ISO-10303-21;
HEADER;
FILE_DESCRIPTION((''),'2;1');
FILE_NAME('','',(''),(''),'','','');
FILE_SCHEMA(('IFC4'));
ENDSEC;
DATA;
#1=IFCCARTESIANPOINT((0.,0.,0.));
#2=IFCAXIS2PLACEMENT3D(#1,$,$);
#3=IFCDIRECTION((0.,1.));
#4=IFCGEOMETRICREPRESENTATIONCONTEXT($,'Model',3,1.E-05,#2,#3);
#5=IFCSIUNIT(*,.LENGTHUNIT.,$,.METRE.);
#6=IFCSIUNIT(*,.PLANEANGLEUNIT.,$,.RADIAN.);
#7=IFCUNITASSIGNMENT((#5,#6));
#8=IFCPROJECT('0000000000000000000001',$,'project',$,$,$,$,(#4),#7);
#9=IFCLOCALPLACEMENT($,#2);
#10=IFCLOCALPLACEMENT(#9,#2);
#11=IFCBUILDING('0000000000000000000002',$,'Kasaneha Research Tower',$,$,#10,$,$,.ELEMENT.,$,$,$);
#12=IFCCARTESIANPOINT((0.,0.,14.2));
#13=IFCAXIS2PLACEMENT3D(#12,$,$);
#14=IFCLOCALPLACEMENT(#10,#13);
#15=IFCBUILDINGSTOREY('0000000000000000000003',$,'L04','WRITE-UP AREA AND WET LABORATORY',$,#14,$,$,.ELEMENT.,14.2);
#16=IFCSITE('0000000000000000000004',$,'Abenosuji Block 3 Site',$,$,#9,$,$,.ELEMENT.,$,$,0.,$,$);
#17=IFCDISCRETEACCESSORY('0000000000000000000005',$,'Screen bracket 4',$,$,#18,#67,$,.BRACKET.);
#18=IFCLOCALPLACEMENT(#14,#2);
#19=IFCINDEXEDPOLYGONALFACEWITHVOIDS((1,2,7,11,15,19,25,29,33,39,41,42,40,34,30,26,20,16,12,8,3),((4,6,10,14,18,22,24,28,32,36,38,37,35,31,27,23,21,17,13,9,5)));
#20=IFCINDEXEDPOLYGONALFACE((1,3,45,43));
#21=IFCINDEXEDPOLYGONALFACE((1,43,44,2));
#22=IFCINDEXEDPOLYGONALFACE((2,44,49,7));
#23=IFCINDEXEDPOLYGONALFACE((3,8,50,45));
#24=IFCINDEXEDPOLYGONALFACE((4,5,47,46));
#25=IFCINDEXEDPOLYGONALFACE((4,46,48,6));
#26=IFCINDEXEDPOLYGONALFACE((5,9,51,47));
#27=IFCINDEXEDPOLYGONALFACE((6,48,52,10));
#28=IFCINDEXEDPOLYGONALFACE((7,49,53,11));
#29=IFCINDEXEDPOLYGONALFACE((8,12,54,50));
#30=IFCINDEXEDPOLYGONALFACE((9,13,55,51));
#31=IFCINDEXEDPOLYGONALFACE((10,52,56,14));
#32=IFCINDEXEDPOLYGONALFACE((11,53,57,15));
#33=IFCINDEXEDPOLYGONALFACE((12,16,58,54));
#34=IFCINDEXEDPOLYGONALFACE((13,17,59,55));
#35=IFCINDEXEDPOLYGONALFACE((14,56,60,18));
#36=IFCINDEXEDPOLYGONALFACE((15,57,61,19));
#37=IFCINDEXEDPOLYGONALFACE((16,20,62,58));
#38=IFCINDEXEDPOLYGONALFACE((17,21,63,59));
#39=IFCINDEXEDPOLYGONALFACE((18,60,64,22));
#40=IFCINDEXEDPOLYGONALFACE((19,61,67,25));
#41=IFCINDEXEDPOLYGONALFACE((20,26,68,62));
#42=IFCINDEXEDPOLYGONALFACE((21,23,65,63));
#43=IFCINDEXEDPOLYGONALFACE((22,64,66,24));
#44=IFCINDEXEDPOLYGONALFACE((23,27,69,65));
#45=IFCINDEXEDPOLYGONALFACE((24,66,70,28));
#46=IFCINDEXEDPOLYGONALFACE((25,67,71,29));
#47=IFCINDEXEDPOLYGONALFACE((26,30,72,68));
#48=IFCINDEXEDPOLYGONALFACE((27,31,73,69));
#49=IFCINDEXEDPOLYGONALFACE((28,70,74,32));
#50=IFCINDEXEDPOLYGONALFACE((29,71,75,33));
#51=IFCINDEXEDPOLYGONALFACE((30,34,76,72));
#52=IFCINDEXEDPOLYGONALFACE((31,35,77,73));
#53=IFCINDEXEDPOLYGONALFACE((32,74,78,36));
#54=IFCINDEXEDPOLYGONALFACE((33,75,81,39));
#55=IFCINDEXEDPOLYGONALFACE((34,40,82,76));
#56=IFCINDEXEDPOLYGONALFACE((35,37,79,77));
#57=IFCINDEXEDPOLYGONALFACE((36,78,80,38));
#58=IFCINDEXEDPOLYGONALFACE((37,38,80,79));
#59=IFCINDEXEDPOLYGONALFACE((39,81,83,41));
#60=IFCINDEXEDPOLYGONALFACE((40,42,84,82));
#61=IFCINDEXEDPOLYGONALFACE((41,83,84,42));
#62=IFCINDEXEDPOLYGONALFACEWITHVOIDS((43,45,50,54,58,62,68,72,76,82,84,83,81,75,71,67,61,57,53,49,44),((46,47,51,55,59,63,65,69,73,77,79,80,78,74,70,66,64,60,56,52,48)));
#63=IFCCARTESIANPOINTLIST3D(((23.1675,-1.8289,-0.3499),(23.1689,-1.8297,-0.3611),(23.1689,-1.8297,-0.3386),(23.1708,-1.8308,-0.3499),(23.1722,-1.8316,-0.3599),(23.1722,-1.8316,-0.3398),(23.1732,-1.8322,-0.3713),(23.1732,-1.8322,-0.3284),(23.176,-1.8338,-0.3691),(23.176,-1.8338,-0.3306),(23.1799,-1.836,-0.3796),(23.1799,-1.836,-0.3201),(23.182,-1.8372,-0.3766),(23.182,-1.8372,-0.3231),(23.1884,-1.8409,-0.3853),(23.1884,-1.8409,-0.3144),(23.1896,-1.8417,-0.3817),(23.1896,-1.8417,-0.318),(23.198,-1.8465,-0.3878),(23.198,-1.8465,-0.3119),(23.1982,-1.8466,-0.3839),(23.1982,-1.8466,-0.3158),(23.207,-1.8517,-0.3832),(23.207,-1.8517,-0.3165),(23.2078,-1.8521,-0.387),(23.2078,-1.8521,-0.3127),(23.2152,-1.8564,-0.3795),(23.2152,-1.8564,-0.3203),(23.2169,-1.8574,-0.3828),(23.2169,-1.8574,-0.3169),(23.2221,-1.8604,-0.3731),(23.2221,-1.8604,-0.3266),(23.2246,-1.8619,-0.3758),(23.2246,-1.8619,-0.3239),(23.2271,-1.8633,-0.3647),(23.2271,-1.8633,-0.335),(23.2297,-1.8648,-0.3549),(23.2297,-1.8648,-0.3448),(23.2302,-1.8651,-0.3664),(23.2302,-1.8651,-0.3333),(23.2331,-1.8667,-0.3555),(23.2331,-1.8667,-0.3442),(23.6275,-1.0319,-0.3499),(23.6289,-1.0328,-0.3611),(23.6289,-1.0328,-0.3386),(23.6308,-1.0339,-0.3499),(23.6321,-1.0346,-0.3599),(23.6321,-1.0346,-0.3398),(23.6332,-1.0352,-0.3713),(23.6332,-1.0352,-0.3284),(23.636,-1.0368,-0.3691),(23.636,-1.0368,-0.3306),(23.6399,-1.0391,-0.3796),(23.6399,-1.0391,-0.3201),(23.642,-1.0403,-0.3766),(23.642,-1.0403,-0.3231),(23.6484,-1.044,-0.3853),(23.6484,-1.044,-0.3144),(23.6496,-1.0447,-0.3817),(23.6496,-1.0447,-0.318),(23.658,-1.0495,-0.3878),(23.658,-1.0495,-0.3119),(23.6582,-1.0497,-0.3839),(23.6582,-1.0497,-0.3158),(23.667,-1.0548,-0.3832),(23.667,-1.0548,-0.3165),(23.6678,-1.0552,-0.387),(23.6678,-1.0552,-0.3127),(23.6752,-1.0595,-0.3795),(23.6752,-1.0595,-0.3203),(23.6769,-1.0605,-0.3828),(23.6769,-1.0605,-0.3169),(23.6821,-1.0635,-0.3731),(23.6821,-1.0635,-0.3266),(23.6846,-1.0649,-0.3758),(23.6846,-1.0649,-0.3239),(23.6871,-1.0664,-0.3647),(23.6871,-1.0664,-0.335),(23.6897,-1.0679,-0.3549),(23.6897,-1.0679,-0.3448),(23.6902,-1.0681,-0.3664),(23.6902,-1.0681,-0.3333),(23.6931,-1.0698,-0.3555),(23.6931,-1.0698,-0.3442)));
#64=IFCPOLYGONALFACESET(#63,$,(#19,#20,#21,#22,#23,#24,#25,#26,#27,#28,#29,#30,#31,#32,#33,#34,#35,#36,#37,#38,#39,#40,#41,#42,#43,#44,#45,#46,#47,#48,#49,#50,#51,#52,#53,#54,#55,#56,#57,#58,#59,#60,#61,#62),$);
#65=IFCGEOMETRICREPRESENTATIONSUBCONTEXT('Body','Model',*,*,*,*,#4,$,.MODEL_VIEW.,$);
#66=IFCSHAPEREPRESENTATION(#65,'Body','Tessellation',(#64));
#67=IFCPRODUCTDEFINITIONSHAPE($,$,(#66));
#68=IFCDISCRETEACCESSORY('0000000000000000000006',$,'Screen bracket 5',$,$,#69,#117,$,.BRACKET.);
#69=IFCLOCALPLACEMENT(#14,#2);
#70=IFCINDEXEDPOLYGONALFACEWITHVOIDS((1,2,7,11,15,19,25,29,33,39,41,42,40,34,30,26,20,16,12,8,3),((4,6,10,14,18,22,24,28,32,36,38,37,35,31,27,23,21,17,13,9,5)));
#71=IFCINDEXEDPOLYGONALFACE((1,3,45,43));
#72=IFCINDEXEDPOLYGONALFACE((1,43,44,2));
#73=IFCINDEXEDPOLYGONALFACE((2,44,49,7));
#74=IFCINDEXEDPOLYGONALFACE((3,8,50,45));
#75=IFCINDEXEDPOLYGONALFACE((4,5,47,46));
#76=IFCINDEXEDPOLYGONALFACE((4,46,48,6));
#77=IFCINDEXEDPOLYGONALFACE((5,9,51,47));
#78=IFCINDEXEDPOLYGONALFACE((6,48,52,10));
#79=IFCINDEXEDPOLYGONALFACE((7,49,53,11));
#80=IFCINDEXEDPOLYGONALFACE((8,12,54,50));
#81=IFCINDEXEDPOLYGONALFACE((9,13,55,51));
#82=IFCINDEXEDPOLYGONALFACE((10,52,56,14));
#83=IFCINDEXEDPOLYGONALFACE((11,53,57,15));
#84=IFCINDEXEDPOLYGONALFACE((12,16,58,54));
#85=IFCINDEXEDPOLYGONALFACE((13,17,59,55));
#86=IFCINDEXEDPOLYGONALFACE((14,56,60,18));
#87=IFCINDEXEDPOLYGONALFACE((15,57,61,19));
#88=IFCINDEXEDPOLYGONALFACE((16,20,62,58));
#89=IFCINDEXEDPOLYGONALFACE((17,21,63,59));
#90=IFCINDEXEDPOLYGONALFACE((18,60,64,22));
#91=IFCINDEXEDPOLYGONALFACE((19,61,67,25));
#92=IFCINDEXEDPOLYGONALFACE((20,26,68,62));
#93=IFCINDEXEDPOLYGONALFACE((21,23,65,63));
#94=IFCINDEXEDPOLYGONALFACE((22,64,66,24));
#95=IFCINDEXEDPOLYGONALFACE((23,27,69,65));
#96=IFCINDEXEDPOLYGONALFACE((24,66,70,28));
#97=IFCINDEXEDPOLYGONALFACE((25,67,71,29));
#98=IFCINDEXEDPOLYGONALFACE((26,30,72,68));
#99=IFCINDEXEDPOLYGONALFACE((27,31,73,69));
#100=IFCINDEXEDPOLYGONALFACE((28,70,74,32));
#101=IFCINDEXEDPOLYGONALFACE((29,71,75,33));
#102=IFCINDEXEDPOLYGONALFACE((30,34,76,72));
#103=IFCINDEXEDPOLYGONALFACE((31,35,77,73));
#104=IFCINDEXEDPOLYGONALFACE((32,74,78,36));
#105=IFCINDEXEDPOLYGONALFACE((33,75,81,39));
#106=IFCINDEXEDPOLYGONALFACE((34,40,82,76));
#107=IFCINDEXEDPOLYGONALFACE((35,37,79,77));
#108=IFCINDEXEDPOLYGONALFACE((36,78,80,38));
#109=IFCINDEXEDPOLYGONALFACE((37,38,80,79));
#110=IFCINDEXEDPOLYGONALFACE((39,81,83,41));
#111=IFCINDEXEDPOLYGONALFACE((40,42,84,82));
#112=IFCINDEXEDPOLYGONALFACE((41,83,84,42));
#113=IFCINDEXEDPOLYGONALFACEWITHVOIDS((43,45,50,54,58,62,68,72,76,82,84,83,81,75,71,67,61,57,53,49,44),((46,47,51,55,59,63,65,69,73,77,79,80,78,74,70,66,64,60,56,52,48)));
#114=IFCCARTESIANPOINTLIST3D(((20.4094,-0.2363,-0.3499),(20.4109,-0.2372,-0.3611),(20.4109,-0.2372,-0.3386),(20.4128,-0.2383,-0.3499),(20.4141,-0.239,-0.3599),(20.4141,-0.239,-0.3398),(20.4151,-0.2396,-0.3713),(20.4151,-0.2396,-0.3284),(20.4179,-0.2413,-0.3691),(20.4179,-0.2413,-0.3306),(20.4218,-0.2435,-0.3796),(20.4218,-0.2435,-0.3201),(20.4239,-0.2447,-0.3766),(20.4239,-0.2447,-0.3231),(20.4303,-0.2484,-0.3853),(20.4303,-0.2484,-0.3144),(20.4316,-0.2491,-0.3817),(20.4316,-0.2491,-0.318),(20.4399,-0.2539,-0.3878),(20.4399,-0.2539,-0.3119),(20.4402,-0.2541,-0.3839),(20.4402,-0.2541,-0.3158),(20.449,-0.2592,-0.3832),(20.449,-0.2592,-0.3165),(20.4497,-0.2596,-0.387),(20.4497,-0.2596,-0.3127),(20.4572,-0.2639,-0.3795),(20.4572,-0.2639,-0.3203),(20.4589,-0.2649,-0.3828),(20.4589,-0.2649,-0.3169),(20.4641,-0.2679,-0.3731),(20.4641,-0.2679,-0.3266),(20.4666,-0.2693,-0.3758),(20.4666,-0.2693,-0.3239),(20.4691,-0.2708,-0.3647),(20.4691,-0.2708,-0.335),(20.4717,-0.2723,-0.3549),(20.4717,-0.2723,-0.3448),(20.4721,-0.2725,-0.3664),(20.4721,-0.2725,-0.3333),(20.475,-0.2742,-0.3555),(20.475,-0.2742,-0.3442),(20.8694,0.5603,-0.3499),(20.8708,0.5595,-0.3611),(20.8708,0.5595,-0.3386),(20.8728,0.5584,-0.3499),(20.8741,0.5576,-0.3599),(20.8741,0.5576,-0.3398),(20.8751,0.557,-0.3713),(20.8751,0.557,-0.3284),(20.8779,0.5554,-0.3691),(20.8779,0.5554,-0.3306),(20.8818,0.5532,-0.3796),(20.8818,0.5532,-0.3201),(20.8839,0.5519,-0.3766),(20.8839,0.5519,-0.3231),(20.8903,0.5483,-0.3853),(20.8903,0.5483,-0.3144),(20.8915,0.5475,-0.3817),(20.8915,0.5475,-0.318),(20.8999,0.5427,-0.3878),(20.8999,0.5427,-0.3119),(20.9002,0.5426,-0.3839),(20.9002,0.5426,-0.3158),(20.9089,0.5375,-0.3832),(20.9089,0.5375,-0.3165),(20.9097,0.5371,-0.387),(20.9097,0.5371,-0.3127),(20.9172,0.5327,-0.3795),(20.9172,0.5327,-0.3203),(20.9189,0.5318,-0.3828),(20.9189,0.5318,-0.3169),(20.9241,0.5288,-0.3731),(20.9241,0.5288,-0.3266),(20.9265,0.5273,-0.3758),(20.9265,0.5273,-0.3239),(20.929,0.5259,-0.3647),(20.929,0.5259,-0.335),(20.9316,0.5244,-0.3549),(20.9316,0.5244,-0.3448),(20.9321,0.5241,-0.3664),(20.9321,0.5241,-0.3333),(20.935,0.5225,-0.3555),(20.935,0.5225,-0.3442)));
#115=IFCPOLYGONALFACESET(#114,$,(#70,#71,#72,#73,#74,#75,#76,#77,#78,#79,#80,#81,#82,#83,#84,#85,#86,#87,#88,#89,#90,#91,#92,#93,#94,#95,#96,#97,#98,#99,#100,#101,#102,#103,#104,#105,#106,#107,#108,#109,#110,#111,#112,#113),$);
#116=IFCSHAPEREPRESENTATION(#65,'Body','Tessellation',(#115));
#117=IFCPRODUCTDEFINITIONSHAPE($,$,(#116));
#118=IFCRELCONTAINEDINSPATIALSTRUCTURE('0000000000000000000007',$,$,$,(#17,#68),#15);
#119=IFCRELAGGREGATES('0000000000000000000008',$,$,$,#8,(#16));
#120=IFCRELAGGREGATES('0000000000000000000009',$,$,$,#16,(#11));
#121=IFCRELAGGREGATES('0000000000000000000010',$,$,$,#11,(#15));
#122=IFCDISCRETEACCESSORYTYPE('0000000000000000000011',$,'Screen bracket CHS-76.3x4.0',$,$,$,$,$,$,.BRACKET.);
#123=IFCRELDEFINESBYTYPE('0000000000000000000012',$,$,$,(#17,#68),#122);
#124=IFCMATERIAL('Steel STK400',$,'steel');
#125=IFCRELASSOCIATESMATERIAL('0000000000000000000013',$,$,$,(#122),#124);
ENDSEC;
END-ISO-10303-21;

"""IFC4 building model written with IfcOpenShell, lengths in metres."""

from ifc_helpers import new_model, si_unit, direction, frame, origin, origin_2d, place, context, subcontext, project, spatial, hollow_circle, extrude, material, material_profile, profile_set, type_object, element, save


model = new_model("IFC4")

# Units and contexts
model_context = context("Model", 3, precision=1e-05, world=origin(), true_north=direction((0.0, 1.0)))
body_context = subcontext(model_context, "Body", "Model", "MODEL_VIEW")
ifc_project = project(units=[si_unit("LENGTHUNIT", "METRE"), si_unit("PLANEANGLEUNIT", "RADIAN")], contexts=[model_context])

# Site, building, storey
site_placement = place(None, origin())
site = spatial("IfcSite", under=ifc_project, at=site_placement, Name="Abenosuji Block 3 Site", CompositionType="ELEMENT", RefElevation=0.0)
building_placement = place(site_placement, origin())
building = spatial("IfcBuilding", under=site, at=building_placement, Name="Kasaneha Research Tower", CompositionType="ELEMENT")
storey_placement = place(building_placement, frame((0.0, 0.0, 14.2)))
storey = spatial("IfcBuildingStorey", under=building, at=storey_placement, Name="L04", Description="WRITE-UP AREA AND WET LABORATORY", CompositionType="ELEMENT", Elevation=14.2)

# Discrete accessories
ifc_material_1 = material(Name="Steel STK400", Category="steel")
ifc_material_profile_1 = material_profile(ifc_material_1, hollow_circle(Radius=0.0381, WallThickness=0.0039, at=origin_2d()), Name="CHS-76.3x4.0")
ifc_profile_set_1 = profile_set([ifc_material_profile_1], Name="Steel STK400")
discrete_accessory_type = type_object("IfcDiscreteAccessoryType", Name="Screen bracket CHS-76.3x4.0", PredefinedType="BRACKET", material=ifc_profile_set_1)
discrete_accessory_1_placement = place(storey_placement, frame((23.2004, -1.8479, -0.3499), z_axis=(0.499906, 0.86608, 0.0), x_axis=(-0.86608, 0.499906, 0.0)))
element("IfcDiscreteAccessory", 1, at=discrete_accessory_1_placement, inside=storey, type_object=discrete_accessory_type, Name="Screen bracket 4", PredefinedType="BRACKET", context=body_context, shape_type="SweptSolid", body=[
    extrude(hollow_circle(Radius=0.0381, WallThickness=0.0039, at=origin_2d()), origin(), (0.0, 0.0, 1.0), 0.9202),
])
discrete_accessory_2_placement = place(storey_placement, frame((20.4424, -0.2554, -0.3499), z_axis=(0.500021, 0.866013, 0.0), x_axis=(-0.866013, 0.500021, 0.0)))
element("IfcDiscreteAccessory", 2, at=discrete_accessory_2_placement, inside=storey, type_object=discrete_accessory_type, Name="Screen bracket 5", PredefinedType="BRACKET", context=body_context, shape_type="SweptSolid", body=[
    extrude(hollow_circle(Radius=0.0381, WallThickness=0.0039, at=origin_2d()), origin(), (0.0, 0.0, 1.0), 0.9199),
])

save(model, "model.ifc")
